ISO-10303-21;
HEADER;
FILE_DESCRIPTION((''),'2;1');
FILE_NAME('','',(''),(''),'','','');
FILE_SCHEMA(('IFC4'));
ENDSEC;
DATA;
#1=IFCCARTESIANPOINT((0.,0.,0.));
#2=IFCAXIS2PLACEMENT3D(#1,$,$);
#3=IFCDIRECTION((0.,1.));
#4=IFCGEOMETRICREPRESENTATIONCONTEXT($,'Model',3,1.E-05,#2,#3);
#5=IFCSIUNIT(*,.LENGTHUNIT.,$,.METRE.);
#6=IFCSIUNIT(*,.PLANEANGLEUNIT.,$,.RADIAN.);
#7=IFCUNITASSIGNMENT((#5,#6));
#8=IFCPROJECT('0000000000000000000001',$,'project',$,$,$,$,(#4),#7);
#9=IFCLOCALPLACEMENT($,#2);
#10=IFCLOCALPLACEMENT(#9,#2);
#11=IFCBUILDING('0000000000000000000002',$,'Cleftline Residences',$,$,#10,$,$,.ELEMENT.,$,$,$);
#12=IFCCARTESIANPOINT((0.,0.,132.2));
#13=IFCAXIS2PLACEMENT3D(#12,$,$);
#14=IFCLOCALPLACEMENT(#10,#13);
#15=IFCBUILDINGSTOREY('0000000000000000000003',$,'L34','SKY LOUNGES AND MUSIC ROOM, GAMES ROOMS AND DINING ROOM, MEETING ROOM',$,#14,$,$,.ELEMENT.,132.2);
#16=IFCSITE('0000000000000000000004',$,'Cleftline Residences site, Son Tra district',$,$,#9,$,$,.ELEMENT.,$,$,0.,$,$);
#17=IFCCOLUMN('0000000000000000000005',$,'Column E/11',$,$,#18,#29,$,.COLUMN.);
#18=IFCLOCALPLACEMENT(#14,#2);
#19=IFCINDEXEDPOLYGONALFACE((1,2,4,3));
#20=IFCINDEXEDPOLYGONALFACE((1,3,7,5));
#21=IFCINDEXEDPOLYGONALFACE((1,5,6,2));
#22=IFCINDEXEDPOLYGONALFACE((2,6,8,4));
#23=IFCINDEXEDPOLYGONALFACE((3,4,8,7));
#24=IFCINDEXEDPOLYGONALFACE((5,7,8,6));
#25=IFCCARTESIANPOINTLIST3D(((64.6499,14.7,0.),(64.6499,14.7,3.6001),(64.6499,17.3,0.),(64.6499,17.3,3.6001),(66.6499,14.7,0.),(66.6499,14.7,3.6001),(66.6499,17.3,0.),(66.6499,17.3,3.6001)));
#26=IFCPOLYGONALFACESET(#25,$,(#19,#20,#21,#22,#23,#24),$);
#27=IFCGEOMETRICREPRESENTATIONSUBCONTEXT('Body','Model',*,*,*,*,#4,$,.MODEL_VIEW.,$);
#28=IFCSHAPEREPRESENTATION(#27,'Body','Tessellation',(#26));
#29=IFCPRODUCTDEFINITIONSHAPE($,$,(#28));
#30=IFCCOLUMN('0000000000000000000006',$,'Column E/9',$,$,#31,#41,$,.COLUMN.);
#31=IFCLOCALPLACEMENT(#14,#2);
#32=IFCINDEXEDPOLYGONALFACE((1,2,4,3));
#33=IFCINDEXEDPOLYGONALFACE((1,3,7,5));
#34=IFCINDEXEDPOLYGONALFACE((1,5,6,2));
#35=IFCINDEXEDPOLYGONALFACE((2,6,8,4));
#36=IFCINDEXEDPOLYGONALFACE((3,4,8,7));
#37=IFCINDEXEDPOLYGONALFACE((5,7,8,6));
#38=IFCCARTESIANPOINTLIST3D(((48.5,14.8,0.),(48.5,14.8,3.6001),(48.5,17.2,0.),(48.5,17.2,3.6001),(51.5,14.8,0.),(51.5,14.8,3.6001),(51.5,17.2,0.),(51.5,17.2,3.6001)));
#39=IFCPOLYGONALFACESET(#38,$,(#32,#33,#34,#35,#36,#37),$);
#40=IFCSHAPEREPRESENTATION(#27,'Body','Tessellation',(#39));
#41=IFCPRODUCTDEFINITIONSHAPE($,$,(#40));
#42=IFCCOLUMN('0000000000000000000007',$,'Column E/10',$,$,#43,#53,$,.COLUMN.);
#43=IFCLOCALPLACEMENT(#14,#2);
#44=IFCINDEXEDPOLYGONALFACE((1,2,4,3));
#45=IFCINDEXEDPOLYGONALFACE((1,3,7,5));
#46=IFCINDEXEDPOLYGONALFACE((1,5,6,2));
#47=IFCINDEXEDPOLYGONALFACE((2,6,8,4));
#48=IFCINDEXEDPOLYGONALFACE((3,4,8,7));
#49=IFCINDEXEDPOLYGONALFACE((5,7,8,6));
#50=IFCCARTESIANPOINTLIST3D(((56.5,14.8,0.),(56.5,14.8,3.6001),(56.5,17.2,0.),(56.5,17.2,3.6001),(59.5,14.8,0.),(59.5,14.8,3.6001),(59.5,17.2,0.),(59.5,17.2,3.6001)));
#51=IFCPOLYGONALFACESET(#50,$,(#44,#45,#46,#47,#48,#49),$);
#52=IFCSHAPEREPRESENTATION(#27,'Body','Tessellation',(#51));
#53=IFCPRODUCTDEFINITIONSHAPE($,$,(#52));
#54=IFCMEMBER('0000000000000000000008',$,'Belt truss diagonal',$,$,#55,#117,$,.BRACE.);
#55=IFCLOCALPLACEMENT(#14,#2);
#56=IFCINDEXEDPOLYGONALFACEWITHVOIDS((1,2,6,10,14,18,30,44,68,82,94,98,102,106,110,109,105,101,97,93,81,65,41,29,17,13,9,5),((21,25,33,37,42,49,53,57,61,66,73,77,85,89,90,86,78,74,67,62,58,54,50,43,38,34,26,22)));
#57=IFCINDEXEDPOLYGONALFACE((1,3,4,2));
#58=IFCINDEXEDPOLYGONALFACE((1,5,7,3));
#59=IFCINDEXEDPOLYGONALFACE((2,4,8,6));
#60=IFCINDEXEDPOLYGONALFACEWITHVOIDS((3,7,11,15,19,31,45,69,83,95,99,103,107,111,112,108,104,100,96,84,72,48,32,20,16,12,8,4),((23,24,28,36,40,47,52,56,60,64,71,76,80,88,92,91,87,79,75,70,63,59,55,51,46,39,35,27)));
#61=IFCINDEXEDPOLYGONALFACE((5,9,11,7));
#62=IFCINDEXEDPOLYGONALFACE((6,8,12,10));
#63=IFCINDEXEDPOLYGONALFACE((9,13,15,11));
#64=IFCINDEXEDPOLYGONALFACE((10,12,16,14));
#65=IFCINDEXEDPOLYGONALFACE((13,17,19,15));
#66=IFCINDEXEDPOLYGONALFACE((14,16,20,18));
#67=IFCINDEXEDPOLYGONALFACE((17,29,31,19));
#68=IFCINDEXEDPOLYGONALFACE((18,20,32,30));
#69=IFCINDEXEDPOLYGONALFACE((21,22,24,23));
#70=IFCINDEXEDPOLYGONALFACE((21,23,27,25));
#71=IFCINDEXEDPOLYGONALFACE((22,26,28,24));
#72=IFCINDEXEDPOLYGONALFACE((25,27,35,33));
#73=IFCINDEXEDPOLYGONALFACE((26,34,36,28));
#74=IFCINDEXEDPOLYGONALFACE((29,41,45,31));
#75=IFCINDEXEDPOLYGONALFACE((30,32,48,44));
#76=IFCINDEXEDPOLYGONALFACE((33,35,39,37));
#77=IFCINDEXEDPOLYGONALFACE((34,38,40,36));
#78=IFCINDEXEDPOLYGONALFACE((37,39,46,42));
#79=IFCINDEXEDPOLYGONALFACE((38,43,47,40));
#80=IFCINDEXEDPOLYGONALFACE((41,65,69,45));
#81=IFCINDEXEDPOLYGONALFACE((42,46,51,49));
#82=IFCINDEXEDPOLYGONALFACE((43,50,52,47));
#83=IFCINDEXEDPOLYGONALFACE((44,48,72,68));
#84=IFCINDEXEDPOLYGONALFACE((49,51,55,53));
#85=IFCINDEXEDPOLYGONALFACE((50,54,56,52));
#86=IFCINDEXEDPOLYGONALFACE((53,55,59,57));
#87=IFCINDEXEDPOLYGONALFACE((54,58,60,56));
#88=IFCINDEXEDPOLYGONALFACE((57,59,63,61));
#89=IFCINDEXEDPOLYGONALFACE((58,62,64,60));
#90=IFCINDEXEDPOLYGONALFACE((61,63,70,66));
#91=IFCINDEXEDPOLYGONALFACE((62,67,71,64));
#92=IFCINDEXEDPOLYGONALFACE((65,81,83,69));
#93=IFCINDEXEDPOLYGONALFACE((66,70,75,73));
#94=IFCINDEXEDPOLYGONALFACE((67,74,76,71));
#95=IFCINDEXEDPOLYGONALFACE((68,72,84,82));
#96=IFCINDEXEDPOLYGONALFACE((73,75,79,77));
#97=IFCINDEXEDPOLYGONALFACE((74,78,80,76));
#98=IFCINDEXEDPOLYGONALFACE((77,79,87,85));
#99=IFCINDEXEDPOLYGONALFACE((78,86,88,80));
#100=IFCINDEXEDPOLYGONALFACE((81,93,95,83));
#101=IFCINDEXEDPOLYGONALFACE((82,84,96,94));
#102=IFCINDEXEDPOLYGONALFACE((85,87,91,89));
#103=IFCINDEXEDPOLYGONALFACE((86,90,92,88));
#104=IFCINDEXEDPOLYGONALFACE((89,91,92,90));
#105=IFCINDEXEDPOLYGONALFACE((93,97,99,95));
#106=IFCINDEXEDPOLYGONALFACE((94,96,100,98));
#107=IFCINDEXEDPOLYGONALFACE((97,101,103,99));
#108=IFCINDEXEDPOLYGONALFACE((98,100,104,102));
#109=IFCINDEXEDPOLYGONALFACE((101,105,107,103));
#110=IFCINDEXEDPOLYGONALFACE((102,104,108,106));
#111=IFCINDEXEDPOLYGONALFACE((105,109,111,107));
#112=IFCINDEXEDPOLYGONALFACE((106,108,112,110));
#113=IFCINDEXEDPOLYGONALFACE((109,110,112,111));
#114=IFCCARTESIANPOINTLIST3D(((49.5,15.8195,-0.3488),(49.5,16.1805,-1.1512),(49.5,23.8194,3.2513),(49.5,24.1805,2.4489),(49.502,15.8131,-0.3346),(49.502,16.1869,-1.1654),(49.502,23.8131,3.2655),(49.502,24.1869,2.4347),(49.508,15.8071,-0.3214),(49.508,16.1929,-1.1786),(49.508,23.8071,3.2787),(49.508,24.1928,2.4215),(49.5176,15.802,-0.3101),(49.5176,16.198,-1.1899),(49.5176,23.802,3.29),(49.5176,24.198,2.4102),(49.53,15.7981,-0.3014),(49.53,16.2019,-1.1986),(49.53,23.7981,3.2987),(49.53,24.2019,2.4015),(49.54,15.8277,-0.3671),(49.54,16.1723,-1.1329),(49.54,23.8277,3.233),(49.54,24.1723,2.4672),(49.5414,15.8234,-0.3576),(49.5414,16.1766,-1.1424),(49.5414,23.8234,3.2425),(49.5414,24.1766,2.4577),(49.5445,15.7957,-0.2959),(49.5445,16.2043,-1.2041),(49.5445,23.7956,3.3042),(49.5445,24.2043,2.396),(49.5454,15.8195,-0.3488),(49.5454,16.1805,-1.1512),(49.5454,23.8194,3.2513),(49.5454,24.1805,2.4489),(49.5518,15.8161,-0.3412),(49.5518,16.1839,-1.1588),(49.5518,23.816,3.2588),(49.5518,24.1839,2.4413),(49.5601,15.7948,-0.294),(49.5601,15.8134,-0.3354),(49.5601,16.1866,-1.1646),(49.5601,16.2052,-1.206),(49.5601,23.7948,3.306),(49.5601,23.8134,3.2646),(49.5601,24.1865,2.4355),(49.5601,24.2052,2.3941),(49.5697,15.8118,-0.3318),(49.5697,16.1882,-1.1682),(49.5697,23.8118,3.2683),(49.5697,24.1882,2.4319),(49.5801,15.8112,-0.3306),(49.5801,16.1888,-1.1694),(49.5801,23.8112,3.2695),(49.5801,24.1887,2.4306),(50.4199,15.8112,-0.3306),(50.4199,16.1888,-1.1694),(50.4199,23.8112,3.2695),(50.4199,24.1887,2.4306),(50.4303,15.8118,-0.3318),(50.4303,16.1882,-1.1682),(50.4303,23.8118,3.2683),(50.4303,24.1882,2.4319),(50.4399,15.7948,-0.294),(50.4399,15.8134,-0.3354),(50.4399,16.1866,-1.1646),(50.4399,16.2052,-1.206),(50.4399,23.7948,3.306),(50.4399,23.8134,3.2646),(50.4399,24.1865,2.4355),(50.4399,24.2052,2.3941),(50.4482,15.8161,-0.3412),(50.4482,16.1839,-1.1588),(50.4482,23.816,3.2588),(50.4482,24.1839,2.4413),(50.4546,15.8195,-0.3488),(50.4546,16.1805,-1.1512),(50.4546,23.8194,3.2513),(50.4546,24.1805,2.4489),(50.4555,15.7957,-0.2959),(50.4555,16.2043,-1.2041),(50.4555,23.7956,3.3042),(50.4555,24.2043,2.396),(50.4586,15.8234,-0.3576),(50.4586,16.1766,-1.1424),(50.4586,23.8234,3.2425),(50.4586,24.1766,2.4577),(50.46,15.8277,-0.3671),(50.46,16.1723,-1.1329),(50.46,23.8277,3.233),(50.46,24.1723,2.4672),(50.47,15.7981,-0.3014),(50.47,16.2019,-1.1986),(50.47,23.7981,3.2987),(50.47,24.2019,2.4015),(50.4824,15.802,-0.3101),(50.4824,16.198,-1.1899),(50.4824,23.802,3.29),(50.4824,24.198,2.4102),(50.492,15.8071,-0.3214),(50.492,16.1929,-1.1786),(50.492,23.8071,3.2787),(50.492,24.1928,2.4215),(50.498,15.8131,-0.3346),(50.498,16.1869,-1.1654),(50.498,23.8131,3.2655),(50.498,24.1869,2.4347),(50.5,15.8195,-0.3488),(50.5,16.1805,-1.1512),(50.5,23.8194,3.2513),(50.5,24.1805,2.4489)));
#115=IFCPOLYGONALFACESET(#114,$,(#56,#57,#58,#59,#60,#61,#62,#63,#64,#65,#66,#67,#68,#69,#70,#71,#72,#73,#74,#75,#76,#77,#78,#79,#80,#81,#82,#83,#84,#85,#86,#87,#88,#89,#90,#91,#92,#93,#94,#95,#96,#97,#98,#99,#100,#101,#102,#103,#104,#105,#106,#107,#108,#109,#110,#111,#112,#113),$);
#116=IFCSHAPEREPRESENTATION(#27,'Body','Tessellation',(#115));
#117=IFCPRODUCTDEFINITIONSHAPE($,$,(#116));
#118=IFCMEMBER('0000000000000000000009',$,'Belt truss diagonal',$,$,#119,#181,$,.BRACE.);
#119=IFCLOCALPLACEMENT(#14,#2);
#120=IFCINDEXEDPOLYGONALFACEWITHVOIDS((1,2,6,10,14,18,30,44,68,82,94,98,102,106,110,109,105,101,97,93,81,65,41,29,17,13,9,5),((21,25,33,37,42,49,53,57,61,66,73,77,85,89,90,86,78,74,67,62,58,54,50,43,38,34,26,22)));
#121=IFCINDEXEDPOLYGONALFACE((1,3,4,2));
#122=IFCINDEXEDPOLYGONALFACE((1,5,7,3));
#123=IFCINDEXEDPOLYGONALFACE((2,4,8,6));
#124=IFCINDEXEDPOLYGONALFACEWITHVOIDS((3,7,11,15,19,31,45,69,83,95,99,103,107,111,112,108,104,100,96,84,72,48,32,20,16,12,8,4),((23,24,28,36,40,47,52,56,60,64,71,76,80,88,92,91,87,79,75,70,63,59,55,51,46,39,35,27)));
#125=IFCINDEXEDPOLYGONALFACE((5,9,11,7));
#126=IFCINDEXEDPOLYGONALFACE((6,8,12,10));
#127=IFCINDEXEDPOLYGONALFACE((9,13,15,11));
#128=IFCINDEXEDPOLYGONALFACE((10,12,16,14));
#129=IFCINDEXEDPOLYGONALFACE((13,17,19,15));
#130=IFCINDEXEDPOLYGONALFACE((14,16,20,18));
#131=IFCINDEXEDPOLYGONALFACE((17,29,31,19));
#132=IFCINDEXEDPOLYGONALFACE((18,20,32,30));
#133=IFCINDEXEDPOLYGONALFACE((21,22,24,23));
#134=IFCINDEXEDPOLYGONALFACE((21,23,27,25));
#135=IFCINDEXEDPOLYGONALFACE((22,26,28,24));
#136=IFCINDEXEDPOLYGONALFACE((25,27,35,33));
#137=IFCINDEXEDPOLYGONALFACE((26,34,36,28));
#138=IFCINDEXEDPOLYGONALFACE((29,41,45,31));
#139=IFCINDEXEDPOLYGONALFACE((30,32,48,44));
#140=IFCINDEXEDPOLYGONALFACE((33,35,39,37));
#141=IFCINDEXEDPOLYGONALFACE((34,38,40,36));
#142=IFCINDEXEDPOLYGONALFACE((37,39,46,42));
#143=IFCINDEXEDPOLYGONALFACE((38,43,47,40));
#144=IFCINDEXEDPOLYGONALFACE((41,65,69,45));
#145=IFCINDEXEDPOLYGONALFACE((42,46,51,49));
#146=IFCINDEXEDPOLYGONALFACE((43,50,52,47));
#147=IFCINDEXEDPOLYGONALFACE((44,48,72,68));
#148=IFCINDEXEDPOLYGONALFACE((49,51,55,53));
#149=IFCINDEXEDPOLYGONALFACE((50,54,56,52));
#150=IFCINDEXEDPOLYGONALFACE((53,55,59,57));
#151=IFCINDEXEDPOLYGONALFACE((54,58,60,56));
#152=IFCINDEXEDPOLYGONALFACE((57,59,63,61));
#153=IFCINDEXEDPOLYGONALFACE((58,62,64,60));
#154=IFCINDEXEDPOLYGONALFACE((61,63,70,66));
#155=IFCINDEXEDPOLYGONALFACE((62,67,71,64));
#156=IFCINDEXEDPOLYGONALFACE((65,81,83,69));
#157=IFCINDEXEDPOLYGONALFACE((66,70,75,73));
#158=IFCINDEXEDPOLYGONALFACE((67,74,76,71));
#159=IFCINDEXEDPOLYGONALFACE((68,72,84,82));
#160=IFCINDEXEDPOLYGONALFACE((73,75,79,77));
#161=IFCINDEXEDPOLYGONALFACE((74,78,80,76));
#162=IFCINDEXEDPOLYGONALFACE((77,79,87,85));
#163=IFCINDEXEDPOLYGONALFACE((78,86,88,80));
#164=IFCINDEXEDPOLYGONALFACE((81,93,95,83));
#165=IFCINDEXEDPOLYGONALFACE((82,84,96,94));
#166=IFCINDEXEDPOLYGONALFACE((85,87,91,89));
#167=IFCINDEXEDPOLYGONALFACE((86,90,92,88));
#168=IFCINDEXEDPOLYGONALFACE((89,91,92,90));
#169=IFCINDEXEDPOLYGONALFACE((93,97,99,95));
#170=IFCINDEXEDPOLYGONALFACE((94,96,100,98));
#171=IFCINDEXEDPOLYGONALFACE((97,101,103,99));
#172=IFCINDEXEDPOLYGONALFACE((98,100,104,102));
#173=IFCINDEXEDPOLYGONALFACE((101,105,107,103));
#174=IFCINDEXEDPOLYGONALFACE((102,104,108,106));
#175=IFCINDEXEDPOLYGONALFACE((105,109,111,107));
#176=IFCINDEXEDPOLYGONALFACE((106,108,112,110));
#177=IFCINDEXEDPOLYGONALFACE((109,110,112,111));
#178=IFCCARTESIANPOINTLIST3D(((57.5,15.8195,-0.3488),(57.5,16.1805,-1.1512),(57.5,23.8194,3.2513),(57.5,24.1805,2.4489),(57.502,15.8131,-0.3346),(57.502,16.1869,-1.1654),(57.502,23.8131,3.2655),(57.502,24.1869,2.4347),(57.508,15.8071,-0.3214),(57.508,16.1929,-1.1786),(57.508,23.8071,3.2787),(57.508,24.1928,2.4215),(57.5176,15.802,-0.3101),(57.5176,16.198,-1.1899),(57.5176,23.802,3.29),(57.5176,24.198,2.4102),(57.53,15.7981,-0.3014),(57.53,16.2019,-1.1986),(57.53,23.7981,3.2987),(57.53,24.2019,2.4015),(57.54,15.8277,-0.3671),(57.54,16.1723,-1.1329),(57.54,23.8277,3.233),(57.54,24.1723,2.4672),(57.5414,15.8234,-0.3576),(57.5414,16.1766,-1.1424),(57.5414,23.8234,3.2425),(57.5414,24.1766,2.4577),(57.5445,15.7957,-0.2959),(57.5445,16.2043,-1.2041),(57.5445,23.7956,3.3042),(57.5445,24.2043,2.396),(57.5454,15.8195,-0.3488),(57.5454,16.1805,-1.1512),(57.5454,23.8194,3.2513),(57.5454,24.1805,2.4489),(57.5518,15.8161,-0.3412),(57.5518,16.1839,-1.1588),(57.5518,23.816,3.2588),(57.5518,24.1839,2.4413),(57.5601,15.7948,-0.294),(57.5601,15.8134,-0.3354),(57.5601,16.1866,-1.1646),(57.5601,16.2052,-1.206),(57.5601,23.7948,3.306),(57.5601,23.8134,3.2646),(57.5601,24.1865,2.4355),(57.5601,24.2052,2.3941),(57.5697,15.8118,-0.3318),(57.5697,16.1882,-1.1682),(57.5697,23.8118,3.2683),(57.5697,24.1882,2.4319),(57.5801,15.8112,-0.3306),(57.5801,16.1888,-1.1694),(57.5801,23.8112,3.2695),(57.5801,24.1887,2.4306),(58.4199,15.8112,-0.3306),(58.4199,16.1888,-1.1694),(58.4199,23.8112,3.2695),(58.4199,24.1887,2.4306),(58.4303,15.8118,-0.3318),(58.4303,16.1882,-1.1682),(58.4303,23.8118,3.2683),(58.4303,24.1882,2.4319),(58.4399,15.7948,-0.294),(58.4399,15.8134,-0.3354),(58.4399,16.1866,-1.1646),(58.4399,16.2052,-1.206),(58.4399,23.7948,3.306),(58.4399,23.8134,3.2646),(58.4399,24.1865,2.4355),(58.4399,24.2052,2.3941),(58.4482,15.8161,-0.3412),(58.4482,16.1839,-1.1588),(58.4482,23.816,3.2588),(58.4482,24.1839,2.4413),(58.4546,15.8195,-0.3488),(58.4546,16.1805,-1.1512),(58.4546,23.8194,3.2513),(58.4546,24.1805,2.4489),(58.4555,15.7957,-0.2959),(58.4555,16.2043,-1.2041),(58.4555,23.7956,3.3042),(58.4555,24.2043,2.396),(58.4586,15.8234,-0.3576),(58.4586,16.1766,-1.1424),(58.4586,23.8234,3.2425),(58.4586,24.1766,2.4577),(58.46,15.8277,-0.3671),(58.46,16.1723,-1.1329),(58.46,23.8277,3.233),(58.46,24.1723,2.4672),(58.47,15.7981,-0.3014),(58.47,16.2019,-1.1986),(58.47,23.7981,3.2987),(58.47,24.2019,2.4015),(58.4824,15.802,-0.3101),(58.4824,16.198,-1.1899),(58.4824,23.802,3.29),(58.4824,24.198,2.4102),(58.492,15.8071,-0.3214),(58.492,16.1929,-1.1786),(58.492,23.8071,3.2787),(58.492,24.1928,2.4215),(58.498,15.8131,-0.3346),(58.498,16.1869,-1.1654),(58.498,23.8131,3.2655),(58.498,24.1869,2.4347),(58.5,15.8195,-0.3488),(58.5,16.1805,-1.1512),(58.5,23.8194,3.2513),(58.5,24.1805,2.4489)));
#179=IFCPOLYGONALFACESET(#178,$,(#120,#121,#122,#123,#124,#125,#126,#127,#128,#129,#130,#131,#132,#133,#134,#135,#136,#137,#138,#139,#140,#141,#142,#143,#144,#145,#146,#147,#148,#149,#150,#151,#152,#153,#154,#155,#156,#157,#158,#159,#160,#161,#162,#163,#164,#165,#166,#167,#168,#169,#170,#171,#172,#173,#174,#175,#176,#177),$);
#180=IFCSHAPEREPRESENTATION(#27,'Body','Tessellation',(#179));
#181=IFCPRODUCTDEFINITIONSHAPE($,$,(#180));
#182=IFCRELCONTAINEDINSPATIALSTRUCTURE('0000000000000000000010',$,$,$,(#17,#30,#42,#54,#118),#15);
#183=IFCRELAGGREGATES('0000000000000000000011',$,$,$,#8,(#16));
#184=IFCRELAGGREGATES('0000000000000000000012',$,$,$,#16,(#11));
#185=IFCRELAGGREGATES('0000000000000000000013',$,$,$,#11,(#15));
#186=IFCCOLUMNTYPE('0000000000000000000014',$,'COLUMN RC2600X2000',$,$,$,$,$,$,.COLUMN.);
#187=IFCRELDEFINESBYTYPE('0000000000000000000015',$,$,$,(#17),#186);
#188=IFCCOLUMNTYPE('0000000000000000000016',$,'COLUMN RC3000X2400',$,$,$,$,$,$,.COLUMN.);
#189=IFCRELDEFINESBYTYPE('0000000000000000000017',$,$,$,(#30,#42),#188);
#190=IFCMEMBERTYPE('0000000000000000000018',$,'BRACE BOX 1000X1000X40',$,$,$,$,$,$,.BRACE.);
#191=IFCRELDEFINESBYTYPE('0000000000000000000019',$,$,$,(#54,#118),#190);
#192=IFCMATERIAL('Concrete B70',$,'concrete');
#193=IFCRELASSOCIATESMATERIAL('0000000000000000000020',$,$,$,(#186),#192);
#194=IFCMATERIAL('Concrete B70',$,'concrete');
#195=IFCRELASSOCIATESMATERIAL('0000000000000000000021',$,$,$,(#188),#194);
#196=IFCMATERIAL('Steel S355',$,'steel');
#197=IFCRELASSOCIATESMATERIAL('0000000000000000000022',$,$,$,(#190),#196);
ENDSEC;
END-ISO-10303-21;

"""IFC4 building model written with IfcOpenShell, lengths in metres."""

from ifc_helpers import new_model, si_unit, direction, frame, origin, origin_2d, place, context, subcontext, project, spatial, rectangle, hollow_rectangle, extrude, material, material_profile, profile_set, type_object, element, save


model = new_model("IFC4")

# Units and contexts
model_context = context("Model", 3, precision=1e-05, world=origin(), true_north=direction((0.0, 1.0)))
body_context = subcontext(model_context, "Body", "Model", "MODEL_VIEW")
ifc_project = project(units=[si_unit("LENGTHUNIT", "METRE"), si_unit("PLANEANGLEUNIT", "RADIAN")], contexts=[model_context])

# Site, building, storey
site_placement = place(None, origin())
site = spatial("IfcSite", under=ifc_project, at=site_placement, Name="Cleftline Residences site, Son Tra district", CompositionType="ELEMENT", RefElevation=0.0)
building_placement = place(site_placement, origin())
building = spatial("IfcBuilding", under=site, at=building_placement, Name="Cleftline Residences", CompositionType="ELEMENT")
storey_placement = place(building_placement, frame((0.0, 0.0, 132.2)))
storey = spatial("IfcBuildingStorey", under=building, at=storey_placement, Name="L34", Description="SKY LOUNGES AND MUSIC ROOM, GAMES ROOMS AND DINING ROOM, MEETING ROOM", CompositionType="ELEMENT", Elevation=132.2)

# Columns
ifc_material_1 = material(Name="Concrete B70", Category="concrete")
ifc_material_profile_1 = material_profile(ifc_material_1, rectangle(XDim=2.6001, YDim=2.0, at=origin_2d()))
ifc_profile_set_1 = profile_set([ifc_material_profile_1], Name="Concrete B70")
column_type_1 = type_object("IfcColumnType", Name="COLUMN RC2600X2000", PredefinedType="COLUMN", material=ifc_profile_set_1)
column_placement = place(storey_placement, frame((65.6499, 16.0, 0.0), z_axis=(0.0, 0.0, 1.0), x_axis=(0.0, 1.0, 0.0)))
element("IfcColumn", 1, at=column_placement, inside=storey, type_object=column_type_1, Name="Column E/11", PredefinedType="COLUMN", context=body_context, shape_type="SweptSolid", body=[
    extrude(rectangle(XDim=2.6001, YDim=2.0, at=origin_2d()), origin(), (0.0, 0.0, 1.0), 3.6001),
])
ifc_material_2 = material(Name="Concrete B70", Category="concrete")
ifc_material_profile_2 = material_profile(ifc_material_2, rectangle(XDim=3.0, YDim=2.3999, at=origin_2d()))
ifc_profile_set_2 = profile_set([ifc_material_profile_2], Name="Concrete B70")
column_type_2 = type_object("IfcColumnType", Name="COLUMN RC3000X2400", PredefinedType="COLUMN", material=ifc_profile_set_2)
for number, where, z_axis, x_axis, name in (
    (2, (50.0, 16.0, 0.0), (0.0, 0.0, 1.0), (1.0, 0.0, 0.0), "Column E/9"),
    (3, (58.0, 16.0, 0.0), (0.0, 0.0, 1.0), (1.0, 0.0, 0.0), "Column E/10"),
):
    element("IfcColumn", number, at=place(storey_placement, frame(where, z_axis=z_axis, x_axis=x_axis)), inside=storey, type_object=column_type_2, Name=name, PredefinedType="COLUMN", context=body_context, shape_type="SweptSolid", body=[
        extrude(rectangle(XDim=3.0, YDim=2.3999, at=origin_2d()), origin(), (0.0, 0.0, 1.0), 3.6001),
    ])

# Members
ifc_material_3 = material(Name="Steel S355", Category="steel")
ifc_material_profile_3 = material_profile(ifc_material_3, hollow_rectangle(XDim=1.0, YDim=1.0, WallThickness=0.04, InnerFilletRadius=0.04, OuterFilletRadius=0.0601, at=origin_2d()))
ifc_profile_set_3 = profile_set([ifc_material_profile_3], Name="Steel S355")
member_type_1 = type_object("IfcMemberType", Name="BRACE BOX 1000X1000X40", PredefinedType="BRACE", material=ifc_profile_set_3)
for number, where, z_axis, x_axis, name in (
    (4, (50.0, 16.0, -0.75), (0.0, 0.911917, 0.410374), (0.0, -0.410374, 0.911917), "Belt truss diagonal"),
    (5, (58.0, 16.0, -0.75), (0.0, 0.911917, 0.410374), (0.0, -0.410374, 0.911917), "Belt truss diagonal"),
):
    element("IfcMember", number, at=place(storey_placement, frame(where, z_axis=z_axis, x_axis=x_axis)), inside=storey, type_object=member_type_1, Name=name, PredefinedType="BRACE", context=body_context, shape_type="SweptSolid", body=[
        extrude(hollow_rectangle(XDim=1.0, YDim=1.0, WallThickness=0.04, InnerFilletRadius=0.04, OuterFilletRadius=0.0601, at=origin_2d()), origin(), (0.0, 0.0, 1.0), 8.7727),
    ])

save(model, "model.ifc")
